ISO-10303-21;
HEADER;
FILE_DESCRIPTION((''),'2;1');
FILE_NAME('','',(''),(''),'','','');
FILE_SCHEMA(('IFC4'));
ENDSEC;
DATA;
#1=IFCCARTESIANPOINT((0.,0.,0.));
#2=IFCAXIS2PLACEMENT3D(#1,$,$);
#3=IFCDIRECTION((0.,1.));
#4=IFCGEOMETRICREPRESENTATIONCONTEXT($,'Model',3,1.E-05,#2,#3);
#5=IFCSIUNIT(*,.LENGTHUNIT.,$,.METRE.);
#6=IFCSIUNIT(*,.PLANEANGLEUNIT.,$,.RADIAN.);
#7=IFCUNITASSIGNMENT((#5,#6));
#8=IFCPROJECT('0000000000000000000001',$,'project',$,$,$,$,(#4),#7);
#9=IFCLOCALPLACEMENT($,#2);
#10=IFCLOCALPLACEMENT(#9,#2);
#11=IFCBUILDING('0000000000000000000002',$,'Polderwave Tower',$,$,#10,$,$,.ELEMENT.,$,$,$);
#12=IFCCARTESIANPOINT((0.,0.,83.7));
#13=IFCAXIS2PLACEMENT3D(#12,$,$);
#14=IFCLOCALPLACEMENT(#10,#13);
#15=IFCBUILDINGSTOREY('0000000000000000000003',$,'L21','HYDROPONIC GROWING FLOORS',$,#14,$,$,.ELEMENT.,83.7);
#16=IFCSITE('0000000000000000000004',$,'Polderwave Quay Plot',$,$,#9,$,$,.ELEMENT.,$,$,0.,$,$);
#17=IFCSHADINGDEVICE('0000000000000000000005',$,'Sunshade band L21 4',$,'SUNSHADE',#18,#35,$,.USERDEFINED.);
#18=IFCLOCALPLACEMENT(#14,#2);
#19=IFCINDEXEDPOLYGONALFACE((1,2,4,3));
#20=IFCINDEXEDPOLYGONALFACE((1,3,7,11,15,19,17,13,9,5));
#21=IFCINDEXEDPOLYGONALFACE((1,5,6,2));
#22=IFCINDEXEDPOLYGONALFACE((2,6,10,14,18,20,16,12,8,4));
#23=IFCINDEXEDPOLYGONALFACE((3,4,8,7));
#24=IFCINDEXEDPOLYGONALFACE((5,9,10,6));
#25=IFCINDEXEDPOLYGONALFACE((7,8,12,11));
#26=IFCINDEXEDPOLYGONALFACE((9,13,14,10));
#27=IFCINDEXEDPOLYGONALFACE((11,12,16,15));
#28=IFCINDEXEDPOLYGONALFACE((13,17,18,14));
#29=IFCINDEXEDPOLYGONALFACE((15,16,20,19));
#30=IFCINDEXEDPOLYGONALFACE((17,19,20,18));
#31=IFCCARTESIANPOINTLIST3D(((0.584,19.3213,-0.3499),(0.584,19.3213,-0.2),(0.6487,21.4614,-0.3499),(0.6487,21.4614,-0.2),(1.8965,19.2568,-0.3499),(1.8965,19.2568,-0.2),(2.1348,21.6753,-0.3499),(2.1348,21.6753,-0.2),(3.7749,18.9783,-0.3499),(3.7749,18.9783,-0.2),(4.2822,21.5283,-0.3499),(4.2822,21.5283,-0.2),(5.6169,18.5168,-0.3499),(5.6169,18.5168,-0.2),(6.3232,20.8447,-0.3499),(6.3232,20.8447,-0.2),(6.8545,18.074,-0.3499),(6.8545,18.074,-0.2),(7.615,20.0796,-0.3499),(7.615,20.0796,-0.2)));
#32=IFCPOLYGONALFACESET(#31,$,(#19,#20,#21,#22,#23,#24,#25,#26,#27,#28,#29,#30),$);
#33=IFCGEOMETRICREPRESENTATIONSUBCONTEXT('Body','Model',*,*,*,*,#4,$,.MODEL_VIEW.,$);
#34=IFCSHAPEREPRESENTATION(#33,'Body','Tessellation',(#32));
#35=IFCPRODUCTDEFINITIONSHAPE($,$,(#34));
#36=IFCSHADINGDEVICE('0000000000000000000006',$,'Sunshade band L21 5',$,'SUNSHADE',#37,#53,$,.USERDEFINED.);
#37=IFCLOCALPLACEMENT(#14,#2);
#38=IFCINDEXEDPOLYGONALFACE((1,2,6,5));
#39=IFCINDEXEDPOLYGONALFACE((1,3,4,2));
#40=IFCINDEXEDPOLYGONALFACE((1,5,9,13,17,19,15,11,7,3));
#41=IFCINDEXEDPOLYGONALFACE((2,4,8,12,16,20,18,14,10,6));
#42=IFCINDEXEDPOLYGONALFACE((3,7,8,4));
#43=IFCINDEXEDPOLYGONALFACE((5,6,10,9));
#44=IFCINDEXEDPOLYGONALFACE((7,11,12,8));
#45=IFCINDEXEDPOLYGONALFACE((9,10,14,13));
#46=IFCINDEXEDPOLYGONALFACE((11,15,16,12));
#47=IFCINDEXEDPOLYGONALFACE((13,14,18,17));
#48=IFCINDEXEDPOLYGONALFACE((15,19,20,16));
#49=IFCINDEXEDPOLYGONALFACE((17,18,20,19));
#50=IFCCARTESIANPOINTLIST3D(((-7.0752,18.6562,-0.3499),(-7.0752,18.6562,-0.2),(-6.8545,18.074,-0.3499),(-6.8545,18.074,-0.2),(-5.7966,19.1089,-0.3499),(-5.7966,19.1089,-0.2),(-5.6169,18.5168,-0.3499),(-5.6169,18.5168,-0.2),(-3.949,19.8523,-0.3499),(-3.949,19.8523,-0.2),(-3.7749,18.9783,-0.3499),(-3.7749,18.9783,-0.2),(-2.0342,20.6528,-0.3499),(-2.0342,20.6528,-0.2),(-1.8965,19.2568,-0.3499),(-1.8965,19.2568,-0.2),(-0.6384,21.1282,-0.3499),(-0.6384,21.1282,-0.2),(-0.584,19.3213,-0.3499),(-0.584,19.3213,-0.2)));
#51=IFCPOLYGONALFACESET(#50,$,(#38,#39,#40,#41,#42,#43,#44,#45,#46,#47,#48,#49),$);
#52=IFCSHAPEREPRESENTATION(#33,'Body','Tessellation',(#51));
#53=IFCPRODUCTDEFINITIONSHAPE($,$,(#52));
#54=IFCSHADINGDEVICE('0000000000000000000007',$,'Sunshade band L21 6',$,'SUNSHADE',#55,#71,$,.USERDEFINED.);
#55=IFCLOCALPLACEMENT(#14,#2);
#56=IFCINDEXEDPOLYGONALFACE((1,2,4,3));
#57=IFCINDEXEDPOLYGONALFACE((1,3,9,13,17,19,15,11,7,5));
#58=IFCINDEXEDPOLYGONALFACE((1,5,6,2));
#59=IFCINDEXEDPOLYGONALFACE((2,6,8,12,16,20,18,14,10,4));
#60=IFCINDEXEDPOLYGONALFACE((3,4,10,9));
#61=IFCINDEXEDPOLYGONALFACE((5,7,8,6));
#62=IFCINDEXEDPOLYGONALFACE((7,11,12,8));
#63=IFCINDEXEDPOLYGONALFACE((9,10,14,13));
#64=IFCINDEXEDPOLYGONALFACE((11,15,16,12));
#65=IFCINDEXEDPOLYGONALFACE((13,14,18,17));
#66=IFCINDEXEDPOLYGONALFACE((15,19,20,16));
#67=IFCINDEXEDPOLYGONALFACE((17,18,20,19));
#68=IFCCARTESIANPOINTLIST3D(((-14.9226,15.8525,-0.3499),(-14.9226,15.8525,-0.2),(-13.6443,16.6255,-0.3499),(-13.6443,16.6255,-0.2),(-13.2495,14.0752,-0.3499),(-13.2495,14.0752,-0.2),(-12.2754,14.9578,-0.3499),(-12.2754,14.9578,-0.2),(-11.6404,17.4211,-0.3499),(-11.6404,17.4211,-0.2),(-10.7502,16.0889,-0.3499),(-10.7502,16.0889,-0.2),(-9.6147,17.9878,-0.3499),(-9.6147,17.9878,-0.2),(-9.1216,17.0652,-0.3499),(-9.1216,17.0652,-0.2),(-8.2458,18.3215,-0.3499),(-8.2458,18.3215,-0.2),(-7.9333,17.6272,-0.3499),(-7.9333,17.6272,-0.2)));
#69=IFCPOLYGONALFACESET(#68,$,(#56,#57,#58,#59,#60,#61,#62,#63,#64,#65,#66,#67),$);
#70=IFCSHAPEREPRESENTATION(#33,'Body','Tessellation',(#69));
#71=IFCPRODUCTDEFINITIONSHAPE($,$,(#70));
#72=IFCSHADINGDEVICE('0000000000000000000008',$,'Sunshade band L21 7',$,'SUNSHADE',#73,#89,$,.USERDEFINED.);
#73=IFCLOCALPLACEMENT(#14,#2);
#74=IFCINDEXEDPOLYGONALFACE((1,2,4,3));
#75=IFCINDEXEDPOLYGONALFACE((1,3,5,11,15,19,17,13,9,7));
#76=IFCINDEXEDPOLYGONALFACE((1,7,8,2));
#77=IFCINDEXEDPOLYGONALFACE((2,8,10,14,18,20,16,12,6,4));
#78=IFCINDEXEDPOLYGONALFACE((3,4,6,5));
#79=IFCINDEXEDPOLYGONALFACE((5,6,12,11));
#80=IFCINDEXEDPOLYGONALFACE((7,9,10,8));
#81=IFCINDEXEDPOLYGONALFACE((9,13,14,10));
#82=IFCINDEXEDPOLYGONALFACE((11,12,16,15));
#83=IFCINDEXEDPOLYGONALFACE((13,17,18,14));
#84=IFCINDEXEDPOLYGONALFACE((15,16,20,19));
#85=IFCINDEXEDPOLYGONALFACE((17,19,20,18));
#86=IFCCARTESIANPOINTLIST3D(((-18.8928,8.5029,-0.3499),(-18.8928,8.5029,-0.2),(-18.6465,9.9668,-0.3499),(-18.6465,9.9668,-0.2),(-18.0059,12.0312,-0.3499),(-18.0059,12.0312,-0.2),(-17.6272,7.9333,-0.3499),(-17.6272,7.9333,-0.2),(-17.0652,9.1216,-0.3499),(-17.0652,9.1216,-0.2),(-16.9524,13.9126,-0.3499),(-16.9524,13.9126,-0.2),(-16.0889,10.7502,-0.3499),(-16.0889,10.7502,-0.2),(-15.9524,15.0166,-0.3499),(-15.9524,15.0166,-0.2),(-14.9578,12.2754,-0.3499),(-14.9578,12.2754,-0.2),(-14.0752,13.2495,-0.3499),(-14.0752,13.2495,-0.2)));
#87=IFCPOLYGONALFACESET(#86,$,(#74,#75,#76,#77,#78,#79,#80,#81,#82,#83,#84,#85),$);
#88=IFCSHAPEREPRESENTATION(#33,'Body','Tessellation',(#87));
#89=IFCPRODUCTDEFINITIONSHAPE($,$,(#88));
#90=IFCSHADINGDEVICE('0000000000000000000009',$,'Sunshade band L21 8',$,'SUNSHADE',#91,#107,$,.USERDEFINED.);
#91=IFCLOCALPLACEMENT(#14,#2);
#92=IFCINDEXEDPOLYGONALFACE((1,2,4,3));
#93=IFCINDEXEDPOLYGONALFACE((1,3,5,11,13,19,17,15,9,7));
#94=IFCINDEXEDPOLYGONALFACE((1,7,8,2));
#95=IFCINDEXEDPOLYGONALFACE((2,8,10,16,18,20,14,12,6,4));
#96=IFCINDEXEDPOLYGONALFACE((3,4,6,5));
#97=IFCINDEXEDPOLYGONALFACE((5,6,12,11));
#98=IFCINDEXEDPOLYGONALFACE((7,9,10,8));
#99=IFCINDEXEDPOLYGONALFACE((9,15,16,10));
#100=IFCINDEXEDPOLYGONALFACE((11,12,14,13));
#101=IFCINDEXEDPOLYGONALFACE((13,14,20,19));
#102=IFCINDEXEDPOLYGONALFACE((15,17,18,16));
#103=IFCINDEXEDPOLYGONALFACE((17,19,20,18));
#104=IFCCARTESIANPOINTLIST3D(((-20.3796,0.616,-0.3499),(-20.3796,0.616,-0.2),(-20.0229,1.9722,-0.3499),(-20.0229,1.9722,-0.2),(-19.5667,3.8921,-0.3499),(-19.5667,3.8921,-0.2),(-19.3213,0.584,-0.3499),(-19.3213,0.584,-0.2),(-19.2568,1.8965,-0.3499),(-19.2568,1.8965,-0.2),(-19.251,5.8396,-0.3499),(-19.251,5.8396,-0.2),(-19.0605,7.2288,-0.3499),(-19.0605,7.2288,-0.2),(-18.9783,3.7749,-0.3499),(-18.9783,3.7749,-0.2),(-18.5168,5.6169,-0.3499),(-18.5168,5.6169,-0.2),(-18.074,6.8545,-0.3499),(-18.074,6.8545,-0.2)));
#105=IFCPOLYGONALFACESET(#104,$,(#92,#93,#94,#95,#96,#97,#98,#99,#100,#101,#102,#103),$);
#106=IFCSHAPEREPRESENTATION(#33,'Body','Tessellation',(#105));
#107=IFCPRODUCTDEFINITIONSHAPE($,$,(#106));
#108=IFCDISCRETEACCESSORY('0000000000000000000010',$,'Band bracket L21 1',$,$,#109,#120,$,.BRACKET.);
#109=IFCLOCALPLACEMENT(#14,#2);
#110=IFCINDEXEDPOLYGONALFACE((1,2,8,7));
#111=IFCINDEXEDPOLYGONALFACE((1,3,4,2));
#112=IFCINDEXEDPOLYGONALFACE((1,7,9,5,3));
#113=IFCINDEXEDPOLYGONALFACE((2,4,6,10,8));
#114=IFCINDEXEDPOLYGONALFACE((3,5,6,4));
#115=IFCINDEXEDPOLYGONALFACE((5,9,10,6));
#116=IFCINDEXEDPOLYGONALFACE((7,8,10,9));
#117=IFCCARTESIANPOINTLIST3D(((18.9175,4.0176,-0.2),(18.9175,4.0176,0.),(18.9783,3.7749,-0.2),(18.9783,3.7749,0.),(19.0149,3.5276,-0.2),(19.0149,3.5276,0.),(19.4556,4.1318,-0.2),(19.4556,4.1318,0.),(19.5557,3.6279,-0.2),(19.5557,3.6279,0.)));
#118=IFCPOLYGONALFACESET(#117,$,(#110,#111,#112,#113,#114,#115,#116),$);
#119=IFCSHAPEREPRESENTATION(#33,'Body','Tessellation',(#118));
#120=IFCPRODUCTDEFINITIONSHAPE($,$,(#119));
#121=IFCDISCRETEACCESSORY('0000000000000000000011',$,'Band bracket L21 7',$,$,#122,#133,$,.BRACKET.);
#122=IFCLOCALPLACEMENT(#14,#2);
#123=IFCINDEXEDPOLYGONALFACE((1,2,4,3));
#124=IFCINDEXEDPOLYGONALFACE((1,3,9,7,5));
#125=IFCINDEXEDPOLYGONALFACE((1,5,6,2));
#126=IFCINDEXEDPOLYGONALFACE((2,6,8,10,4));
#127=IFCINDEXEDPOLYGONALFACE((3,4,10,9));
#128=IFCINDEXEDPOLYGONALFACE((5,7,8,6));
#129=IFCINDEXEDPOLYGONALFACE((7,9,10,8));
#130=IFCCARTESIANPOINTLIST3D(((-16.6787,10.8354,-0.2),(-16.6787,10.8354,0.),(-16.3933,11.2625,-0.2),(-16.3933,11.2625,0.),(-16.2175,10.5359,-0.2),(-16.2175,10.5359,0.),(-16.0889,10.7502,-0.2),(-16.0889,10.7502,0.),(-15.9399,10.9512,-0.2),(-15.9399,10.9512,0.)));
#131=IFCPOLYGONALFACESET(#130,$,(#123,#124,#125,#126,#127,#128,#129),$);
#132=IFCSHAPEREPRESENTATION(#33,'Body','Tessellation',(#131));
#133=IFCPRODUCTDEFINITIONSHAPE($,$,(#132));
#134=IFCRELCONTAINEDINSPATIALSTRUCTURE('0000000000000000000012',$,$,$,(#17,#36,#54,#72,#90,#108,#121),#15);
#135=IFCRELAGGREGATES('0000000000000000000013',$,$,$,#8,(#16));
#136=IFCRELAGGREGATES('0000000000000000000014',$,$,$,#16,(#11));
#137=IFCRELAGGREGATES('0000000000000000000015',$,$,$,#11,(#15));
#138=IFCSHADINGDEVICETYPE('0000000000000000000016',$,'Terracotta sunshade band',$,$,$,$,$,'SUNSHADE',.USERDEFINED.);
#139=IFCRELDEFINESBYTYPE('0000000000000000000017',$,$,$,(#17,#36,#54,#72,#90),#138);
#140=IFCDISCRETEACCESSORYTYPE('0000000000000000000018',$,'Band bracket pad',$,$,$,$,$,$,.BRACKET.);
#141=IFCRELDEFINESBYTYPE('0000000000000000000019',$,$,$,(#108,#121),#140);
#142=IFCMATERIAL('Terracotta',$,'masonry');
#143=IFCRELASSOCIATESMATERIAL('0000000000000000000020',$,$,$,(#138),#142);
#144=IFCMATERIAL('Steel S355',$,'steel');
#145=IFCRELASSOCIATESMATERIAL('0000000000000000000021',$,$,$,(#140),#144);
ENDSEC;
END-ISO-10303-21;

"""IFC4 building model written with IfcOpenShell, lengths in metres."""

from ifc_helpers import new_model, si_unit, direction, frame, origin, place, context, subcontext, project, spatial, polyline, outline, extrude, material, type_object, element, save


model = new_model("IFC4")

# Units and contexts
model_context = context("Model", 3, precision=1e-05, world=origin(), true_north=direction((0.0, 1.0)))
body_context = subcontext(model_context, "Body", "Model", "MODEL_VIEW")
ifc_project = project(units=[si_unit("LENGTHUNIT", "METRE"), si_unit("PLANEANGLEUNIT", "RADIAN")], contexts=[model_context])

# Site, building, storey
site_placement = place(None, origin())
site = spatial("IfcSite", under=ifc_project, at=site_placement, Name="Polderwave Quay Plot", CompositionType="ELEMENT", RefElevation=0.0)
building_placement = place(site_placement, origin())
building = spatial("IfcBuilding", under=site, at=building_placement, Name="Polderwave Tower", CompositionType="ELEMENT")
storey_placement = place(building_placement, frame((0.0, 0.0, 83.7)))
storey = spatial("IfcBuildingStorey", under=building, at=storey_placement, Name="L21", Description="HYDROPONIC GROWING FLOORS", CompositionType="ELEMENT", Elevation=83.7)

# Shading devices
ifc_material_1 = material(Name="Terracotta", Category="masonry")
shading_device_type = type_object("IfcShadingDeviceType", Name="Terracotta sunshade band", ElementType="SUNSHADE", PredefinedType="USERDEFINED", material=ifc_material_1)
shading_device_1_placement = place(storey_placement, frame((0.0, 0.0, -0.3499)))
element("IfcShadingDevice", 1, at=shading_device_1_placement, inside=storey, type_object=shading_device_type, Name="Sunshade band L21 4", ObjectType="SUNSHADE", PredefinedType="USERDEFINED", context=body_context, shape_type="SweptSolid", body=[
    extrude(outline(polyline([(6.8545, 18.074), (5.6169, 18.5168), (3.7749, 18.9783), (1.8965, 19.2568), (0.584, 19.3213), (0.6487, 21.4614), (2.1348, 21.6753), (4.2822, 21.5283), (6.3232, 20.8447), (7.615, 20.0796), (6.8545, 18.074)])), origin(), (0.0, 0.0, 1.0), 0.1499),
])
shading_device_2_placement = place(storey_placement, frame((0.0, 0.0, -0.3499)))
element("IfcShadingDevice", 2, at=shading_device_2_placement, inside=storey, type_object=shading_device_type, Name="Sunshade band L21 5", ObjectType="SUNSHADE", PredefinedType="USERDEFINED", context=body_context, shape_type="SweptSolid", body=[
    extrude(outline(polyline([(-0.584, 19.3213), (-1.8965, 19.2568), (-3.7749, 18.9783), (-5.6169, 18.5168), (-6.8545, 18.074), (-7.0752, 18.6562), (-5.7966, 19.1089), (-3.949, 19.8523), (-2.0342, 20.6528), (-0.6384, 21.1282), (-0.584, 19.3213)])), origin(), (0.0, 0.0, 1.0), 0.1499),
])
shading_device_3_placement = place(storey_placement, frame((0.0, 0.0, -0.3499)))
element("IfcShadingDevice", 3, at=shading_device_3_placement, inside=storey, type_object=shading_device_type, Name="Sunshade band L21 6", ObjectType="SUNSHADE", PredefinedType="USERDEFINED", context=body_context, shape_type="SweptSolid", body=[
    extrude(outline(polyline([(-7.9333, 17.6272), (-9.1216, 17.0652), (-10.7502, 16.0889), (-12.2754, 14.9578), (-13.2495, 14.0752), (-14.9226, 15.8525), (-13.6443, 16.6255), (-11.6404, 17.4211), (-9.6147, 17.9878), (-8.2458, 18.3215), (-7.9333, 17.6272)])), origin(), (0.0, 0.0, 1.0), 0.1499),
])
shading_device_4_placement = place(storey_placement, frame((0.0, 0.0, -0.3499)))
element("IfcShadingDevice", 4, at=shading_device_4_placement, inside=storey, type_object=shading_device_type, Name="Sunshade band L21 7", ObjectType="SUNSHADE", PredefinedType="USERDEFINED", context=body_context, shape_type="SweptSolid", body=[
    extrude(outline(polyline([(-14.0752, 13.2495), (-14.9578, 12.2754), (-16.0889, 10.7502), (-17.0652, 9.1216), (-17.6272, 7.9333), (-18.8928, 8.5029), (-18.6465, 9.9668), (-18.0059, 12.0312), (-16.9524, 13.9126), (-15.9524, 15.0166), (-14.0752, 13.2495)])), origin(), (0.0, 0.0, 1.0), 0.1499),
])
shading_device_5_placement = place(storey_placement, frame((0.0, 0.0, -0.3499)))
element("IfcShadingDevice", 5, at=shading_device_5_placement, inside=storey, type_object=shading_device_type, Name="Sunshade band L21 8", ObjectType="SUNSHADE", PredefinedType="USERDEFINED", context=body_context, shape_type="SweptSolid", body=[
    extrude(outline(polyline([(-18.074, 6.8545), (-18.5168, 5.6169), (-18.9783, 3.7749), (-19.2568, 1.8965), (-19.3213, 0.584), (-20.3796, 0.616), (-20.0229, 1.9722), (-19.5667, 3.8921), (-19.251, 5.8396), (-19.0605, 7.2288), (-18.074, 6.8545)])), origin(), (0.0, 0.0, 1.0), 0.1499),
])

# Discrete accessories
ifc_material_2 = material(Name="Steel S355", Category="steel")
discrete_accessory_type = type_object("IfcDiscreteAccessoryType", Name="Band bracket pad", PredefinedType="BRACKET", material=ifc_material_2)
discrete_accessory_1_placement = place(storey_placement, frame((0.0, 0.0, -0.2)))
element("IfcDiscreteAccessory", 6, at=discrete_accessory_1_placement, inside=storey, type_object=discrete_accessory_type, Name="Band bracket L21 1", PredefinedType="BRACKET", context=body_context, shape_type="SweptSolid", body=[
    extrude(outline(polyline([(19.0149, 3.5276), (18.9783, 3.7749), (18.9175, 4.0176), (19.4556, 4.1318), (19.5557, 3.6279), (19.0149, 3.5276)])), origin(), (0.0, 0.0, 1.0), 0.2),
])
discrete_accessory_2_placement = place(storey_placement, frame((0.0, 0.0, -0.2)))
element("IfcDiscreteAccessory", 7, at=discrete_accessory_2_placement, inside=storey, type_object=discrete_accessory_type, Name="Band bracket L21 7", PredefinedType="BRACKET", context=body_context, shape_type="SweptSolid", body=[
    extrude(outline(polyline([(-15.9399, 10.9512), (-16.0889, 10.7502), (-16.2175, 10.5359), (-16.6787, 10.8354), (-16.3933, 11.2625), (-15.9399, 10.9512)])), origin(), (0.0, 0.0, 1.0), 0.2),
])

save(model, "model.ifc")
